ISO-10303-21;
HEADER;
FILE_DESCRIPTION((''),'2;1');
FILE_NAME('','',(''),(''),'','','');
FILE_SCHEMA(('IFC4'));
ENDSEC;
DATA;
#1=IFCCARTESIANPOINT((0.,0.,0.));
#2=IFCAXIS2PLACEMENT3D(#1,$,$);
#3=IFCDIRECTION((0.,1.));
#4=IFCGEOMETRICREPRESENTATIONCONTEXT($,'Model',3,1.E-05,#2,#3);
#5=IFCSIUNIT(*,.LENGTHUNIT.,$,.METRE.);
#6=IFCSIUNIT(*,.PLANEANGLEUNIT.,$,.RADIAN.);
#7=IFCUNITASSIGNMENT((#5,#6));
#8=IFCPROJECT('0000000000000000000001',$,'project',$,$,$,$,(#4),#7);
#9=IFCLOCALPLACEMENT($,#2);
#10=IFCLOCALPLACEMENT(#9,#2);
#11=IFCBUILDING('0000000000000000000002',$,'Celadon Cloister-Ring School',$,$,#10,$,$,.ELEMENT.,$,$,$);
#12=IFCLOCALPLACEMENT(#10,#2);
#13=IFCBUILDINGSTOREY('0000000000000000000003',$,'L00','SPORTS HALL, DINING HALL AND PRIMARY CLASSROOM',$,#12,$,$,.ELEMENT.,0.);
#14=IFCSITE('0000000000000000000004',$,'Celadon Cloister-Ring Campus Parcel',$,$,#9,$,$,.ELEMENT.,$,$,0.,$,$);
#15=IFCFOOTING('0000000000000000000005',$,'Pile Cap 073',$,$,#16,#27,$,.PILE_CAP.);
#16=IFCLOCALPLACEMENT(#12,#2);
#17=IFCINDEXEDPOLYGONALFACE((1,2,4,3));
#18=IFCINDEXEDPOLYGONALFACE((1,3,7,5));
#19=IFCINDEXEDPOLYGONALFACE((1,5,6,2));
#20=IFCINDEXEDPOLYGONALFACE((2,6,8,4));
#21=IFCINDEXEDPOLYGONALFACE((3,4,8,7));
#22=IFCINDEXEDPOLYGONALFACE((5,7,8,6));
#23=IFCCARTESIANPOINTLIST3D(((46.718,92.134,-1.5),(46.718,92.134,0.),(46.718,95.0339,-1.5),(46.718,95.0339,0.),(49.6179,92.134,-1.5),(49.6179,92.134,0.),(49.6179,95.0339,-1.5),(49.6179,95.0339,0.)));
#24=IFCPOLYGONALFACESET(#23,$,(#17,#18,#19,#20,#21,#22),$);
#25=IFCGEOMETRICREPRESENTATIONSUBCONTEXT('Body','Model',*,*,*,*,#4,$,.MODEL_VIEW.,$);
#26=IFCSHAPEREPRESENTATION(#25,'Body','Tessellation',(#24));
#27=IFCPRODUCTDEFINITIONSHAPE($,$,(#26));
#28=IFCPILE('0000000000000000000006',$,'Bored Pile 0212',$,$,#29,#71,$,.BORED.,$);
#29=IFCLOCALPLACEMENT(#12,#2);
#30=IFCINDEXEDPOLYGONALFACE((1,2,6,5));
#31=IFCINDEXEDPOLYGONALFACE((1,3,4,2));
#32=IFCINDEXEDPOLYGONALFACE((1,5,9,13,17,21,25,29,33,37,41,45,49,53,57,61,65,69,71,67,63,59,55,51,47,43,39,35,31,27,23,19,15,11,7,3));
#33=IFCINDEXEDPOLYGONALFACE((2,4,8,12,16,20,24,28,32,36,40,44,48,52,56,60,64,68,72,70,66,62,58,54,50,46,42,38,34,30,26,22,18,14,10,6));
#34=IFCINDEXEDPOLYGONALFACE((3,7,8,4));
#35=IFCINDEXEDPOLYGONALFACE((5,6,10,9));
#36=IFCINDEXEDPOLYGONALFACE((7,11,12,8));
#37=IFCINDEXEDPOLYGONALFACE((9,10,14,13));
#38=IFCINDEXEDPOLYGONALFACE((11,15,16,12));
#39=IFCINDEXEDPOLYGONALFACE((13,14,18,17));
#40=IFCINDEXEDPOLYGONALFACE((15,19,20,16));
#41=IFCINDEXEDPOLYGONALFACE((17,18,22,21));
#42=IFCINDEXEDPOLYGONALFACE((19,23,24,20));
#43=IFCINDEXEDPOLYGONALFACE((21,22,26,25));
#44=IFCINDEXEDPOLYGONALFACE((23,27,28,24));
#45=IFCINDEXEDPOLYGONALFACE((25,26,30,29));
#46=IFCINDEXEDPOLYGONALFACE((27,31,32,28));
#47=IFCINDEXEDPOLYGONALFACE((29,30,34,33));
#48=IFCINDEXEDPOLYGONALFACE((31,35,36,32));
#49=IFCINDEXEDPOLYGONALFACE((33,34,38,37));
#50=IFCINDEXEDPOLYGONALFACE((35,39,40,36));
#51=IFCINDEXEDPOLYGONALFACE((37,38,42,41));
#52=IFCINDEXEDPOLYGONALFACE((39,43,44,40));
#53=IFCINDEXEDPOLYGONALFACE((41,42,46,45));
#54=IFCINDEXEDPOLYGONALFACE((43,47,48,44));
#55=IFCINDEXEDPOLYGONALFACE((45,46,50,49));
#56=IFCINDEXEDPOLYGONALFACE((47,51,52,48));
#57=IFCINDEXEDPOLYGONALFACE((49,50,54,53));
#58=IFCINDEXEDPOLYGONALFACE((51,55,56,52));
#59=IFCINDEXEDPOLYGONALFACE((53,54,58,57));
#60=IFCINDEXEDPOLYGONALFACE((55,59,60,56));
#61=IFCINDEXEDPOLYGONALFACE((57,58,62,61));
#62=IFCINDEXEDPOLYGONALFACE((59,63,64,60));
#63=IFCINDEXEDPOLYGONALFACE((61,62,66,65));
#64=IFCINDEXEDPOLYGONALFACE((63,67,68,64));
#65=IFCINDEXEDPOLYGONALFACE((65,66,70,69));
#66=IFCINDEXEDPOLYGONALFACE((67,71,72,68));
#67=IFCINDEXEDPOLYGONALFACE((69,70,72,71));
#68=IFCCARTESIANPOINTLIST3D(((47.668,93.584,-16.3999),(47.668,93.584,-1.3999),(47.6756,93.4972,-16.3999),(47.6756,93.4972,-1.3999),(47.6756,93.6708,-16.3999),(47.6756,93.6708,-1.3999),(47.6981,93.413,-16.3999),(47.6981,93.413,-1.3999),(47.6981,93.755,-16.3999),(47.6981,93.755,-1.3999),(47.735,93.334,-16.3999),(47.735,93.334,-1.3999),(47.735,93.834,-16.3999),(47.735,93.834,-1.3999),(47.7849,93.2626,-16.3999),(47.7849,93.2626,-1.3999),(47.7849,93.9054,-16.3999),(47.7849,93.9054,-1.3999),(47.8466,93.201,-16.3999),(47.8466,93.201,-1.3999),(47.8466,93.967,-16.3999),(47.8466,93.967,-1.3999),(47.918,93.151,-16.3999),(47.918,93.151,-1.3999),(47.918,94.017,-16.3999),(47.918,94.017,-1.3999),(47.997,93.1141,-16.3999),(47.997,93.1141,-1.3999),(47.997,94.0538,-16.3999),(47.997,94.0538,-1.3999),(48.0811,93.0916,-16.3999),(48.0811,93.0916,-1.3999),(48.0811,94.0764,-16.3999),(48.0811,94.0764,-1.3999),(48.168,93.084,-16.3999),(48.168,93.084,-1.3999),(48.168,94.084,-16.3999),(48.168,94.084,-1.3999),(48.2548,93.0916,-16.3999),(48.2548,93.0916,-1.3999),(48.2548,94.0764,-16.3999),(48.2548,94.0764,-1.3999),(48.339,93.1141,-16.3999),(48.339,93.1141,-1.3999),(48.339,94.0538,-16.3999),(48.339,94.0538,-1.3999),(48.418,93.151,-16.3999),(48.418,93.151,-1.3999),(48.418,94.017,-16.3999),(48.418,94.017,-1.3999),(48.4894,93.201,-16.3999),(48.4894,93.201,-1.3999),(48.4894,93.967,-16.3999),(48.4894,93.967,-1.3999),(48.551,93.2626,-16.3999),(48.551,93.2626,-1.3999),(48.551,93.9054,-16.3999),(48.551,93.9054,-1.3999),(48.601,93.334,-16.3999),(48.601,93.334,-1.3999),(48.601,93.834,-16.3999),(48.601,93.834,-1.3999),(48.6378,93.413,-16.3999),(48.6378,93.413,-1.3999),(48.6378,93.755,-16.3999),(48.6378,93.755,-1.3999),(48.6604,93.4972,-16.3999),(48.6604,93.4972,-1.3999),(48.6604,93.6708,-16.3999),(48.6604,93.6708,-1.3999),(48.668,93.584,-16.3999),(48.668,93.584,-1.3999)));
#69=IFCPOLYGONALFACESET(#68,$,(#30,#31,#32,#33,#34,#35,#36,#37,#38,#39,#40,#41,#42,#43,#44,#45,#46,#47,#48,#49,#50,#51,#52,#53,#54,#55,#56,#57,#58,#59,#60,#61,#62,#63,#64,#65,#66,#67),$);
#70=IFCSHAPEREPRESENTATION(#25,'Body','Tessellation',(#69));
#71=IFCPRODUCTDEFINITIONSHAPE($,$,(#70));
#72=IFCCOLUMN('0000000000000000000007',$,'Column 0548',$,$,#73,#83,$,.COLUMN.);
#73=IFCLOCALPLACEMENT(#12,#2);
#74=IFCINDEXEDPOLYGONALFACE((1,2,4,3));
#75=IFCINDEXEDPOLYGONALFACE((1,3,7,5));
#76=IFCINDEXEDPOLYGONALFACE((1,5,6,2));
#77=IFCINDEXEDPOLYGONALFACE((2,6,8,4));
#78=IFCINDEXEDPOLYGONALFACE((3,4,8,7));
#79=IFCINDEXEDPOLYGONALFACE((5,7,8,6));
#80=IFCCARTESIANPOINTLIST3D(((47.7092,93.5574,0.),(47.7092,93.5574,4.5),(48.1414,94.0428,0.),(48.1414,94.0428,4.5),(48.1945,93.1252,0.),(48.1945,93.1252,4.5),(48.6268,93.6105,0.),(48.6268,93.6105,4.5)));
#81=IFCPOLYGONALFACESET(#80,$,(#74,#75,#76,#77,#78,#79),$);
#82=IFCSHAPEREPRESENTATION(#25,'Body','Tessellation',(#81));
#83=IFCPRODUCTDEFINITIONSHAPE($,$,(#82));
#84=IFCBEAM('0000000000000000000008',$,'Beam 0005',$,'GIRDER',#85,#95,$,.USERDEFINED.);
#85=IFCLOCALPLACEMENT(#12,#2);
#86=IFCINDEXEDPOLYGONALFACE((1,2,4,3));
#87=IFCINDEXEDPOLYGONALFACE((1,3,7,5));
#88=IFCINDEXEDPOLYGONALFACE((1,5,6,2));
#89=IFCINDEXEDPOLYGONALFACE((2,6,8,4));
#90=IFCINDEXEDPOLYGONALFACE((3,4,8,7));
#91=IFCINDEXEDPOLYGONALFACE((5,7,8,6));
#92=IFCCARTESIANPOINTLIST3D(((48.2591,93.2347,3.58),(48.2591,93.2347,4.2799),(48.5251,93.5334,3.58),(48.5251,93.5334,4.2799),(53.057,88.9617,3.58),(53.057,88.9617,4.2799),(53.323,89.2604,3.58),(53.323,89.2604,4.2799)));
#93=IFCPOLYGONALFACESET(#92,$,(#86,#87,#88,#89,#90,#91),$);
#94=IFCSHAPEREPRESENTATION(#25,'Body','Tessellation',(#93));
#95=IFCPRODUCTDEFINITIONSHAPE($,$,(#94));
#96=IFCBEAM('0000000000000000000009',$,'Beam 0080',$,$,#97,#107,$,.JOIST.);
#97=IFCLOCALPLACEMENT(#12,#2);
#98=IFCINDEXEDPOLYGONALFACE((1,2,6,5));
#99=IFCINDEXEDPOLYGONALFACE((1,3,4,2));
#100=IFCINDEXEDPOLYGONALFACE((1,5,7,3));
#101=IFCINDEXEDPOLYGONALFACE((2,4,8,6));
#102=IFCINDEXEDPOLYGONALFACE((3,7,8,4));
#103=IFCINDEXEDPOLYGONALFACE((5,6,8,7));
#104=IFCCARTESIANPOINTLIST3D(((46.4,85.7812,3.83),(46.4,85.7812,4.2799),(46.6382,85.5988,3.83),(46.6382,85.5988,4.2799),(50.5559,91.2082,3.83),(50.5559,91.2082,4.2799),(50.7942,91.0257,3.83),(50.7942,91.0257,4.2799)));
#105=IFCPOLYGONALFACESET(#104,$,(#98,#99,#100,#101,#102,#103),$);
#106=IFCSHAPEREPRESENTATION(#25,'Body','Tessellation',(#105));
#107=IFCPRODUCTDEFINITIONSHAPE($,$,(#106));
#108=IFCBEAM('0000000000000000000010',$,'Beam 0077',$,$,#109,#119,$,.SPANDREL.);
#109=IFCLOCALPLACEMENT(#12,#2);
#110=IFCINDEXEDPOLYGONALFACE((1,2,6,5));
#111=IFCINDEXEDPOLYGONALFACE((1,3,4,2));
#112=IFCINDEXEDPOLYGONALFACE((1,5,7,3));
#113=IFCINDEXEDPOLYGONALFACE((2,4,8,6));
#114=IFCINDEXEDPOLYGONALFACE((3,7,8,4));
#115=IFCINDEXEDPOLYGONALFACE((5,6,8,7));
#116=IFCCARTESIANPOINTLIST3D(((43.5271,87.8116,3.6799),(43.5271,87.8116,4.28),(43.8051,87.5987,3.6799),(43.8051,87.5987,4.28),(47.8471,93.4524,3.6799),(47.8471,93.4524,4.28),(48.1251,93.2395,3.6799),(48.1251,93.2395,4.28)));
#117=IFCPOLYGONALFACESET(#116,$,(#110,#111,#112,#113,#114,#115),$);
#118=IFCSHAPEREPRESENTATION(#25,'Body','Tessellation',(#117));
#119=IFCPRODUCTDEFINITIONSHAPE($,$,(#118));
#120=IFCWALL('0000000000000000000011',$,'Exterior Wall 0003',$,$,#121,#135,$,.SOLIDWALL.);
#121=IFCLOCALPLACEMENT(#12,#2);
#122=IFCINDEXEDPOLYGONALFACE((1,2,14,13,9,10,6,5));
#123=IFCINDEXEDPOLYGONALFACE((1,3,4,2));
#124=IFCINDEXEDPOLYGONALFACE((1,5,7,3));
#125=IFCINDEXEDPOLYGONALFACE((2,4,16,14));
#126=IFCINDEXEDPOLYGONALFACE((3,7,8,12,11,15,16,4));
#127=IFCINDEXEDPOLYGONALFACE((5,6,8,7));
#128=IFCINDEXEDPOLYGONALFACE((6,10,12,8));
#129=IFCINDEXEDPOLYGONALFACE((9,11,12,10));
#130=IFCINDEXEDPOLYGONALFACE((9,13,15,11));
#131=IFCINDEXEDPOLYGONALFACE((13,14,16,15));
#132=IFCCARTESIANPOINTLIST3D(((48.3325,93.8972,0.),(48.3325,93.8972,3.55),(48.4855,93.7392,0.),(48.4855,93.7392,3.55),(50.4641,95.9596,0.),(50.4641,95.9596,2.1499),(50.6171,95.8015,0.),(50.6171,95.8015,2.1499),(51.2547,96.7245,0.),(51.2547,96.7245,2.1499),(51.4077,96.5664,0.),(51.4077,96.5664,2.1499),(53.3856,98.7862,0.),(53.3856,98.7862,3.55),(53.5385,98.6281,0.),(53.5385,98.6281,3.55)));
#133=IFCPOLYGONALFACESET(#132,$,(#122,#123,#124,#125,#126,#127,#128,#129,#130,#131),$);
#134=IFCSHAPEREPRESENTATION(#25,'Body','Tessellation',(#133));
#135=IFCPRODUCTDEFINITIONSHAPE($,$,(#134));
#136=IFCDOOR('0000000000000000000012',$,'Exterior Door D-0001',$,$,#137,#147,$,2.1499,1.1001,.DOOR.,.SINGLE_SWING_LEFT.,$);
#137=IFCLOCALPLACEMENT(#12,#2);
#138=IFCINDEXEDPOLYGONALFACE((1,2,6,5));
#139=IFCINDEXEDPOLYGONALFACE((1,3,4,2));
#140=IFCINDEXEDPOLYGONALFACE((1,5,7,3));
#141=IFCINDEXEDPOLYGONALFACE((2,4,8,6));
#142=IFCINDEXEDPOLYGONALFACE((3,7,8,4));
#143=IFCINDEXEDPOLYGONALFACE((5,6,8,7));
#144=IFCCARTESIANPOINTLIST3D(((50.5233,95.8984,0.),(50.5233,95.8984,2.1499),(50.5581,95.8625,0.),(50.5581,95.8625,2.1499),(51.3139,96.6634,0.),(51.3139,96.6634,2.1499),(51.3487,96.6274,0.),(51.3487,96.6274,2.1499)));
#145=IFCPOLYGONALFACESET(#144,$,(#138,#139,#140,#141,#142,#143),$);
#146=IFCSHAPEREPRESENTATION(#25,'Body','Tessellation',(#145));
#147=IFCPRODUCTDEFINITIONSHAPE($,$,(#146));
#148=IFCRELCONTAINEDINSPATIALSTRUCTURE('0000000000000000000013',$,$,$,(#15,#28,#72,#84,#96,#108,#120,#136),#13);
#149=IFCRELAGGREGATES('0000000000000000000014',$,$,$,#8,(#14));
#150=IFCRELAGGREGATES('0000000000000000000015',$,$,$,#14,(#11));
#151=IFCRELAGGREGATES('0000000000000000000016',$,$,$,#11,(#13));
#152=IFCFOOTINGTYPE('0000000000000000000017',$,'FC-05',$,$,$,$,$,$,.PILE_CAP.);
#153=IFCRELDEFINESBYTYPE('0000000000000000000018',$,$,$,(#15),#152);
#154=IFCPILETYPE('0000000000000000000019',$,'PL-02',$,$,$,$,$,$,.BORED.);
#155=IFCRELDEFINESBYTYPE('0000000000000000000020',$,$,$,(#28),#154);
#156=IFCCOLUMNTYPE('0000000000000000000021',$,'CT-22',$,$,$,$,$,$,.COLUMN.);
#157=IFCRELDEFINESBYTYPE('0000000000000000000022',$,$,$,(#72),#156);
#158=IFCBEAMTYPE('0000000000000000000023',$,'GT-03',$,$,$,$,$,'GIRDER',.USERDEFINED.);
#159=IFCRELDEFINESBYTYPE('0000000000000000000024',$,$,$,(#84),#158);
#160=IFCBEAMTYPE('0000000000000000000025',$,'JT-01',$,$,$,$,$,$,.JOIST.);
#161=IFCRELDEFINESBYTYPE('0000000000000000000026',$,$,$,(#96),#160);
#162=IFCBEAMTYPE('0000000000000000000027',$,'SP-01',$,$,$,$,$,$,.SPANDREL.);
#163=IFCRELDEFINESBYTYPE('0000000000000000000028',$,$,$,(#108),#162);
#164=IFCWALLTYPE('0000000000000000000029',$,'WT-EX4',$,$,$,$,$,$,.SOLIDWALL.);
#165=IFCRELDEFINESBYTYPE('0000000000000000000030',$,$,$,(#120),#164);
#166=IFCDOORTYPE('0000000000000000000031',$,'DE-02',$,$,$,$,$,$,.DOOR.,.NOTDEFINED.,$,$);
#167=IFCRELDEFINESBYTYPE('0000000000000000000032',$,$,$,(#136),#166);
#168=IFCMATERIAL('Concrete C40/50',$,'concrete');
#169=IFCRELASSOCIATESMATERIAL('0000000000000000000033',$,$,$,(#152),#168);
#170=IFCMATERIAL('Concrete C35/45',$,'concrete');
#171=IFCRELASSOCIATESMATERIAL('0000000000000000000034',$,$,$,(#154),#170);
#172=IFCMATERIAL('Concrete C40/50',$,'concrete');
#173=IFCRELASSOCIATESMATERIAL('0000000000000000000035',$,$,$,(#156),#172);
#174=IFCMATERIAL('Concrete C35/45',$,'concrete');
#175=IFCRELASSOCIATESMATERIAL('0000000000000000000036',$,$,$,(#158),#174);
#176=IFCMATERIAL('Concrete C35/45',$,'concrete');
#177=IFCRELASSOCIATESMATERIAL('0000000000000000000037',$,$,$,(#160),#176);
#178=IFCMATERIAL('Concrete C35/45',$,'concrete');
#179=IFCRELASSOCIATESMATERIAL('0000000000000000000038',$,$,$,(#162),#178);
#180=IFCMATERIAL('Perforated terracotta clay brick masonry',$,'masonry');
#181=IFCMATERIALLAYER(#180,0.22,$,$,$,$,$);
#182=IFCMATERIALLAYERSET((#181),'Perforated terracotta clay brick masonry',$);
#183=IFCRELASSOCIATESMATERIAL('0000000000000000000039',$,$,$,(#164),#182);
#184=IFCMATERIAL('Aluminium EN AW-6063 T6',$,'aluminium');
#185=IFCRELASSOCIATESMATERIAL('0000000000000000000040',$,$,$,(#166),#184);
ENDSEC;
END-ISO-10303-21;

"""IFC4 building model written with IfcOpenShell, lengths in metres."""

from ifc_helpers import new_model, si_unit, direction, frame, frame_2d, origin, origin_2d, place, context, subcontext, project, spatial, rectangle, circle, extrude, material, layer, layer_set, material_profile, profile_set, type_object, element, fill, save


model = new_model("IFC4")

# Units and contexts
model_context = context("Model", 3, precision=1e-05, world=origin(), true_north=direction((0.0, 1.0)))
body_context = subcontext(model_context, "Body", "Model", "MODEL_VIEW")
ifc_project = project(units=[si_unit("LENGTHUNIT", "METRE"), si_unit("PLANEANGLEUNIT", "RADIAN")], contexts=[model_context])

# Site, building, storey
site_placement = place(None, origin())
site = spatial("IfcSite", under=ifc_project, at=site_placement, Name="Celadon Cloister-Ring Campus Parcel", CompositionType="ELEMENT", RefElevation=0.0)
building_placement = place(site_placement, origin())
building = spatial("IfcBuilding", under=site, at=building_placement, Name="Celadon Cloister-Ring School", CompositionType="ELEMENT")
storey_placement = place(building_placement, origin())
storey = spatial("IfcBuildingStorey", under=building, at=storey_placement, Name="L00", Description="SPORTS HALL, DINING HALL AND PRIMARY CLASSROOM", CompositionType="ELEMENT", Elevation=0.0)

# Footing
ifc_material_1 = material(Name="Concrete C40/50", Category="concrete")
footing_type = type_object("IfcFootingType", Name="FC-05", PredefinedType="PILE_CAP", material=ifc_material_1)
footing_placement = place(storey_placement, frame((48.168, 93.584, -1.5), z_axis=(0.0, 0.0, 1.0), x_axis=(1.0, 0.0, 0.0)))
element("IfcFooting", 1, at=footing_placement, inside=storey, type_object=footing_type, Name="Pile Cap 073", PredefinedType="PILE_CAP", context=body_context, shape_type="SweptSolid", body=[
    extrude(rectangle(XDim=2.8999, YDim=2.8999, at=origin_2d()), origin(), (0.0, 0.0, 1.0), 1.5),
])

# Pile
ifc_material_2 = material(Name="Concrete C35/45", Category="concrete")
ifc_material_profile_1 = material_profile(ifc_material_2, circle(Radius=0.5, at=origin_2d()), Name="PILE1000")
ifc_profile_set_1 = profile_set([ifc_material_profile_1], Name="Concrete C35/45")
pile_type = type_object("IfcPileType", Name="PL-02", PredefinedType="BORED", material=ifc_profile_set_1)
pile_placement = place(storey_placement, frame((48.168, 93.584, -1.3999), z_axis=(0.0, 0.0, -1.0), x_axis=(1.0, 0.0, 0.0)))
element("IfcPile", 2, at=pile_placement, inside=storey, type_object=pile_type, Name="Bored Pile 0212", PredefinedType="BORED", context=body_context, shape_type="SweptSolid", body=[
    extrude(circle(Radius=0.5, at=origin_2d()), origin(), (0.0, 0.0, 1.0), 15.0),
])

# Column
ifc_material_3 = material(Name="Concrete C40/50", Category="concrete")
ifc_material_profile_2 = material_profile(ifc_material_3, rectangle(XDim=0.6499, YDim=0.6499, at=origin_2d()), Name="RC650X650")
ifc_profile_set_2 = profile_set([ifc_material_profile_2], Name="Concrete C40/50")
column_type = type_object("IfcColumnType", Name="CT-22", PredefinedType="COLUMN", material=ifc_profile_set_2)
column_placement = place(storey_placement, frame((48.168, 93.584, 0.0), z_axis=(0.0, 0.0, 1.0), x_axis=(-0.746777, 0.665074, 0.0)))
element("IfcColumn", 3, at=column_placement, inside=storey, type_object=column_type, Name="Column 0548", PredefinedType="COLUMN", context=body_context, shape_type="SweptSolid", body=[
    extrude(rectangle(XDim=0.6499, YDim=0.6499, at=origin_2d()), origin(), (0.0, 0.0, 1.0), 4.5),
])

# Beams
ifc_material_4 = material(Name="Concrete C35/45", Category="concrete")
ifc_material_profile_3 = material_profile(ifc_material_4, rectangle(XDim=0.3999, YDim=0.7, at=origin_2d()), Name="RC400X700")
ifc_profile_set_3 = profile_set([ifc_material_profile_3], Name="Concrete C35/45")
beam_type_1 = type_object("IfcBeamType", Name="GT-03", ElementType="GIRDER", PredefinedType="USERDEFINED", material=ifc_profile_set_3)
beam_1_placement = place(storey_placement, frame((48.3921, 93.384, 3.9299), z_axis=(0.746776, -0.665076, 0.0), x_axis=(0.665076, 0.746776, 0.0)))
element("IfcBeam", 4, at=beam_1_placement, inside=storey, type_object=beam_type_1, Name="Beam 0005", ObjectType="GIRDER", PredefinedType="USERDEFINED", context=body_context, shape_type="SweptSolid", body=[
    extrude(rectangle(XDim=0.3999, YDim=0.7, at=origin_2d()), origin(), (0.0, 0.0, 1.0), 6.4248),
])
ifc_material_5 = material(Name="Concrete C35/45", Category="concrete")
ifc_material_profile_4 = material_profile(ifc_material_5, rectangle(XDim=0.3, YDim=0.45, at=origin_2d()), Name="RC300X450")
ifc_profile_set_4 = profile_set([ifc_material_profile_4], Name="Concrete C35/45")
beam_type_2 = type_object("IfcBeamType", Name="JT-01", PredefinedType="JOIST", material=ifc_profile_set_4)
beam_2_placement = place(storey_placement, frame((50.675, 91.1169, 4.0549), z_axis=(-0.607999, -0.793938, 0.0), x_axis=(0.793938, -0.607999, 0.0)))
element("IfcBeam", 5, at=beam_2_placement, inside=storey, type_object=beam_type_2, Name="Beam 0080", PredefinedType="JOIST", context=body_context, shape_type="SweptSolid", body=[
    extrude(rectangle(XDim=0.3, YDim=0.45, at=origin_2d()), origin(), (0.0, 0.0, 1.0), 6.8354),
])
ifc_material_6 = material(Name="Concrete C35/45", Category="concrete")
ifc_material_profile_5 = material_profile(ifc_material_6, rectangle(XDim=0.3501, YDim=0.6001, at=origin_2d()), Name="RC350X600")
ifc_profile_set_5 = profile_set([ifc_material_profile_5], Name="Concrete C35/45")
beam_type_3 = type_object("IfcBeamType", Name="SP-01", PredefinedType="SPANDREL", material=ifc_profile_set_5)
beam_3_placement = place(storey_placement, frame((47.9861, 93.3459, 3.98), z_axis=(-0.608024, -0.793919, 0.0), x_axis=(0.793919, -0.608024, 0.0)))
element("IfcBeam", 6, at=beam_3_placement, inside=storey, type_object=beam_type_3, Name="Beam 0077", PredefinedType="SPANDREL", context=body_context, shape_type="SweptSolid", body=[
    extrude(rectangle(XDim=0.3501, YDim=0.6001, at=origin_2d()), origin(), (0.0, 0.0, 1.0), 7.105),
])

# Wall, opening, door
ifc_material_7 = material(Name="Perforated terracotta clay brick masonry", Category="masonry")
ifc_layer_1 = layer(ifc_material_7, 0.22)
ifc_layer_set_1 = layer_set([ifc_layer_1], Name="Perforated terracotta clay brick masonry")
wall_type = type_object("IfcWallType", Name="WT-EX4", PredefinedType="SOLIDWALL", material=ifc_layer_set_1)
wall_1_placement = place(storey_placement, frame((48.4089, 93.8181, 0.0), z_axis=(0.0, 0.0, 1.0), x_axis=(0.718678, 0.695343, 0.0)))
wall_1 = element("IfcWall", 7, at=wall_1_placement, inside=storey, type_object=wall_type, Name="Exterior Wall 0003", PredefinedType="SOLIDWALL", context=body_context, shape_type="SweptSolid", body=[
    extrude(rectangle(XDim=7.031, YDim=0.22, at=frame_2d((3.5156, 0.0))), origin(), (0.0, 0.0, 1.0), 3.55),
])
opening_1_placement = place(wall_1_placement, frame((2.9661, 0.0, 0.0)))
opening_1 = element("IfcOpeningElement", 8, at=opening_1_placement, cuts=wall_1, PredefinedType="OPENING", context=body_context, shape_type="SweptSolid", body=[
    extrude(rectangle(XDim=1.1001, YDim=2.1499, at=frame_2d((0.55, 1.075))), frame((0.0, 0.1201, 0.0), z_axis=(0.0, -1.0, 0.0), x_axis=(1.0, 0.0, 0.0)), (0.0, 0.0, 1.0), 0.24),
])
ifc_material_8 = material(Name="Aluminium EN AW-6063 T6", Category="aluminium")
door_type = type_object("IfcDoorType", Name="DE-02", OperationType="NOTDEFINED", PredefinedType="DOOR", material=ifc_material_8)
door_placement = place(opening_1_placement, origin())
door = element("IfcDoor", 9, at=door_placement, inside=storey, type_object=door_type, Name="Exterior Door D-0001", OperationType="SINGLE_SWING_LEFT", OverallHeight=2.1499, OverallWidth=1.1001, PredefinedType="DOOR", context=body_context, shape_type="SweptSolid", body=[
    extrude(rectangle(XDim=1.1001, YDim=2.1499, at=frame_2d((0.55, 1.075))), frame((0.0, 0.0249, 0.0), z_axis=(0.0, -1.0, 0.0), x_axis=(1.0, 0.0, 0.0)), (0.0, 0.0, 1.0), 0.05),
])
fill(opening_1, door)

save(model, "model.ifc")
